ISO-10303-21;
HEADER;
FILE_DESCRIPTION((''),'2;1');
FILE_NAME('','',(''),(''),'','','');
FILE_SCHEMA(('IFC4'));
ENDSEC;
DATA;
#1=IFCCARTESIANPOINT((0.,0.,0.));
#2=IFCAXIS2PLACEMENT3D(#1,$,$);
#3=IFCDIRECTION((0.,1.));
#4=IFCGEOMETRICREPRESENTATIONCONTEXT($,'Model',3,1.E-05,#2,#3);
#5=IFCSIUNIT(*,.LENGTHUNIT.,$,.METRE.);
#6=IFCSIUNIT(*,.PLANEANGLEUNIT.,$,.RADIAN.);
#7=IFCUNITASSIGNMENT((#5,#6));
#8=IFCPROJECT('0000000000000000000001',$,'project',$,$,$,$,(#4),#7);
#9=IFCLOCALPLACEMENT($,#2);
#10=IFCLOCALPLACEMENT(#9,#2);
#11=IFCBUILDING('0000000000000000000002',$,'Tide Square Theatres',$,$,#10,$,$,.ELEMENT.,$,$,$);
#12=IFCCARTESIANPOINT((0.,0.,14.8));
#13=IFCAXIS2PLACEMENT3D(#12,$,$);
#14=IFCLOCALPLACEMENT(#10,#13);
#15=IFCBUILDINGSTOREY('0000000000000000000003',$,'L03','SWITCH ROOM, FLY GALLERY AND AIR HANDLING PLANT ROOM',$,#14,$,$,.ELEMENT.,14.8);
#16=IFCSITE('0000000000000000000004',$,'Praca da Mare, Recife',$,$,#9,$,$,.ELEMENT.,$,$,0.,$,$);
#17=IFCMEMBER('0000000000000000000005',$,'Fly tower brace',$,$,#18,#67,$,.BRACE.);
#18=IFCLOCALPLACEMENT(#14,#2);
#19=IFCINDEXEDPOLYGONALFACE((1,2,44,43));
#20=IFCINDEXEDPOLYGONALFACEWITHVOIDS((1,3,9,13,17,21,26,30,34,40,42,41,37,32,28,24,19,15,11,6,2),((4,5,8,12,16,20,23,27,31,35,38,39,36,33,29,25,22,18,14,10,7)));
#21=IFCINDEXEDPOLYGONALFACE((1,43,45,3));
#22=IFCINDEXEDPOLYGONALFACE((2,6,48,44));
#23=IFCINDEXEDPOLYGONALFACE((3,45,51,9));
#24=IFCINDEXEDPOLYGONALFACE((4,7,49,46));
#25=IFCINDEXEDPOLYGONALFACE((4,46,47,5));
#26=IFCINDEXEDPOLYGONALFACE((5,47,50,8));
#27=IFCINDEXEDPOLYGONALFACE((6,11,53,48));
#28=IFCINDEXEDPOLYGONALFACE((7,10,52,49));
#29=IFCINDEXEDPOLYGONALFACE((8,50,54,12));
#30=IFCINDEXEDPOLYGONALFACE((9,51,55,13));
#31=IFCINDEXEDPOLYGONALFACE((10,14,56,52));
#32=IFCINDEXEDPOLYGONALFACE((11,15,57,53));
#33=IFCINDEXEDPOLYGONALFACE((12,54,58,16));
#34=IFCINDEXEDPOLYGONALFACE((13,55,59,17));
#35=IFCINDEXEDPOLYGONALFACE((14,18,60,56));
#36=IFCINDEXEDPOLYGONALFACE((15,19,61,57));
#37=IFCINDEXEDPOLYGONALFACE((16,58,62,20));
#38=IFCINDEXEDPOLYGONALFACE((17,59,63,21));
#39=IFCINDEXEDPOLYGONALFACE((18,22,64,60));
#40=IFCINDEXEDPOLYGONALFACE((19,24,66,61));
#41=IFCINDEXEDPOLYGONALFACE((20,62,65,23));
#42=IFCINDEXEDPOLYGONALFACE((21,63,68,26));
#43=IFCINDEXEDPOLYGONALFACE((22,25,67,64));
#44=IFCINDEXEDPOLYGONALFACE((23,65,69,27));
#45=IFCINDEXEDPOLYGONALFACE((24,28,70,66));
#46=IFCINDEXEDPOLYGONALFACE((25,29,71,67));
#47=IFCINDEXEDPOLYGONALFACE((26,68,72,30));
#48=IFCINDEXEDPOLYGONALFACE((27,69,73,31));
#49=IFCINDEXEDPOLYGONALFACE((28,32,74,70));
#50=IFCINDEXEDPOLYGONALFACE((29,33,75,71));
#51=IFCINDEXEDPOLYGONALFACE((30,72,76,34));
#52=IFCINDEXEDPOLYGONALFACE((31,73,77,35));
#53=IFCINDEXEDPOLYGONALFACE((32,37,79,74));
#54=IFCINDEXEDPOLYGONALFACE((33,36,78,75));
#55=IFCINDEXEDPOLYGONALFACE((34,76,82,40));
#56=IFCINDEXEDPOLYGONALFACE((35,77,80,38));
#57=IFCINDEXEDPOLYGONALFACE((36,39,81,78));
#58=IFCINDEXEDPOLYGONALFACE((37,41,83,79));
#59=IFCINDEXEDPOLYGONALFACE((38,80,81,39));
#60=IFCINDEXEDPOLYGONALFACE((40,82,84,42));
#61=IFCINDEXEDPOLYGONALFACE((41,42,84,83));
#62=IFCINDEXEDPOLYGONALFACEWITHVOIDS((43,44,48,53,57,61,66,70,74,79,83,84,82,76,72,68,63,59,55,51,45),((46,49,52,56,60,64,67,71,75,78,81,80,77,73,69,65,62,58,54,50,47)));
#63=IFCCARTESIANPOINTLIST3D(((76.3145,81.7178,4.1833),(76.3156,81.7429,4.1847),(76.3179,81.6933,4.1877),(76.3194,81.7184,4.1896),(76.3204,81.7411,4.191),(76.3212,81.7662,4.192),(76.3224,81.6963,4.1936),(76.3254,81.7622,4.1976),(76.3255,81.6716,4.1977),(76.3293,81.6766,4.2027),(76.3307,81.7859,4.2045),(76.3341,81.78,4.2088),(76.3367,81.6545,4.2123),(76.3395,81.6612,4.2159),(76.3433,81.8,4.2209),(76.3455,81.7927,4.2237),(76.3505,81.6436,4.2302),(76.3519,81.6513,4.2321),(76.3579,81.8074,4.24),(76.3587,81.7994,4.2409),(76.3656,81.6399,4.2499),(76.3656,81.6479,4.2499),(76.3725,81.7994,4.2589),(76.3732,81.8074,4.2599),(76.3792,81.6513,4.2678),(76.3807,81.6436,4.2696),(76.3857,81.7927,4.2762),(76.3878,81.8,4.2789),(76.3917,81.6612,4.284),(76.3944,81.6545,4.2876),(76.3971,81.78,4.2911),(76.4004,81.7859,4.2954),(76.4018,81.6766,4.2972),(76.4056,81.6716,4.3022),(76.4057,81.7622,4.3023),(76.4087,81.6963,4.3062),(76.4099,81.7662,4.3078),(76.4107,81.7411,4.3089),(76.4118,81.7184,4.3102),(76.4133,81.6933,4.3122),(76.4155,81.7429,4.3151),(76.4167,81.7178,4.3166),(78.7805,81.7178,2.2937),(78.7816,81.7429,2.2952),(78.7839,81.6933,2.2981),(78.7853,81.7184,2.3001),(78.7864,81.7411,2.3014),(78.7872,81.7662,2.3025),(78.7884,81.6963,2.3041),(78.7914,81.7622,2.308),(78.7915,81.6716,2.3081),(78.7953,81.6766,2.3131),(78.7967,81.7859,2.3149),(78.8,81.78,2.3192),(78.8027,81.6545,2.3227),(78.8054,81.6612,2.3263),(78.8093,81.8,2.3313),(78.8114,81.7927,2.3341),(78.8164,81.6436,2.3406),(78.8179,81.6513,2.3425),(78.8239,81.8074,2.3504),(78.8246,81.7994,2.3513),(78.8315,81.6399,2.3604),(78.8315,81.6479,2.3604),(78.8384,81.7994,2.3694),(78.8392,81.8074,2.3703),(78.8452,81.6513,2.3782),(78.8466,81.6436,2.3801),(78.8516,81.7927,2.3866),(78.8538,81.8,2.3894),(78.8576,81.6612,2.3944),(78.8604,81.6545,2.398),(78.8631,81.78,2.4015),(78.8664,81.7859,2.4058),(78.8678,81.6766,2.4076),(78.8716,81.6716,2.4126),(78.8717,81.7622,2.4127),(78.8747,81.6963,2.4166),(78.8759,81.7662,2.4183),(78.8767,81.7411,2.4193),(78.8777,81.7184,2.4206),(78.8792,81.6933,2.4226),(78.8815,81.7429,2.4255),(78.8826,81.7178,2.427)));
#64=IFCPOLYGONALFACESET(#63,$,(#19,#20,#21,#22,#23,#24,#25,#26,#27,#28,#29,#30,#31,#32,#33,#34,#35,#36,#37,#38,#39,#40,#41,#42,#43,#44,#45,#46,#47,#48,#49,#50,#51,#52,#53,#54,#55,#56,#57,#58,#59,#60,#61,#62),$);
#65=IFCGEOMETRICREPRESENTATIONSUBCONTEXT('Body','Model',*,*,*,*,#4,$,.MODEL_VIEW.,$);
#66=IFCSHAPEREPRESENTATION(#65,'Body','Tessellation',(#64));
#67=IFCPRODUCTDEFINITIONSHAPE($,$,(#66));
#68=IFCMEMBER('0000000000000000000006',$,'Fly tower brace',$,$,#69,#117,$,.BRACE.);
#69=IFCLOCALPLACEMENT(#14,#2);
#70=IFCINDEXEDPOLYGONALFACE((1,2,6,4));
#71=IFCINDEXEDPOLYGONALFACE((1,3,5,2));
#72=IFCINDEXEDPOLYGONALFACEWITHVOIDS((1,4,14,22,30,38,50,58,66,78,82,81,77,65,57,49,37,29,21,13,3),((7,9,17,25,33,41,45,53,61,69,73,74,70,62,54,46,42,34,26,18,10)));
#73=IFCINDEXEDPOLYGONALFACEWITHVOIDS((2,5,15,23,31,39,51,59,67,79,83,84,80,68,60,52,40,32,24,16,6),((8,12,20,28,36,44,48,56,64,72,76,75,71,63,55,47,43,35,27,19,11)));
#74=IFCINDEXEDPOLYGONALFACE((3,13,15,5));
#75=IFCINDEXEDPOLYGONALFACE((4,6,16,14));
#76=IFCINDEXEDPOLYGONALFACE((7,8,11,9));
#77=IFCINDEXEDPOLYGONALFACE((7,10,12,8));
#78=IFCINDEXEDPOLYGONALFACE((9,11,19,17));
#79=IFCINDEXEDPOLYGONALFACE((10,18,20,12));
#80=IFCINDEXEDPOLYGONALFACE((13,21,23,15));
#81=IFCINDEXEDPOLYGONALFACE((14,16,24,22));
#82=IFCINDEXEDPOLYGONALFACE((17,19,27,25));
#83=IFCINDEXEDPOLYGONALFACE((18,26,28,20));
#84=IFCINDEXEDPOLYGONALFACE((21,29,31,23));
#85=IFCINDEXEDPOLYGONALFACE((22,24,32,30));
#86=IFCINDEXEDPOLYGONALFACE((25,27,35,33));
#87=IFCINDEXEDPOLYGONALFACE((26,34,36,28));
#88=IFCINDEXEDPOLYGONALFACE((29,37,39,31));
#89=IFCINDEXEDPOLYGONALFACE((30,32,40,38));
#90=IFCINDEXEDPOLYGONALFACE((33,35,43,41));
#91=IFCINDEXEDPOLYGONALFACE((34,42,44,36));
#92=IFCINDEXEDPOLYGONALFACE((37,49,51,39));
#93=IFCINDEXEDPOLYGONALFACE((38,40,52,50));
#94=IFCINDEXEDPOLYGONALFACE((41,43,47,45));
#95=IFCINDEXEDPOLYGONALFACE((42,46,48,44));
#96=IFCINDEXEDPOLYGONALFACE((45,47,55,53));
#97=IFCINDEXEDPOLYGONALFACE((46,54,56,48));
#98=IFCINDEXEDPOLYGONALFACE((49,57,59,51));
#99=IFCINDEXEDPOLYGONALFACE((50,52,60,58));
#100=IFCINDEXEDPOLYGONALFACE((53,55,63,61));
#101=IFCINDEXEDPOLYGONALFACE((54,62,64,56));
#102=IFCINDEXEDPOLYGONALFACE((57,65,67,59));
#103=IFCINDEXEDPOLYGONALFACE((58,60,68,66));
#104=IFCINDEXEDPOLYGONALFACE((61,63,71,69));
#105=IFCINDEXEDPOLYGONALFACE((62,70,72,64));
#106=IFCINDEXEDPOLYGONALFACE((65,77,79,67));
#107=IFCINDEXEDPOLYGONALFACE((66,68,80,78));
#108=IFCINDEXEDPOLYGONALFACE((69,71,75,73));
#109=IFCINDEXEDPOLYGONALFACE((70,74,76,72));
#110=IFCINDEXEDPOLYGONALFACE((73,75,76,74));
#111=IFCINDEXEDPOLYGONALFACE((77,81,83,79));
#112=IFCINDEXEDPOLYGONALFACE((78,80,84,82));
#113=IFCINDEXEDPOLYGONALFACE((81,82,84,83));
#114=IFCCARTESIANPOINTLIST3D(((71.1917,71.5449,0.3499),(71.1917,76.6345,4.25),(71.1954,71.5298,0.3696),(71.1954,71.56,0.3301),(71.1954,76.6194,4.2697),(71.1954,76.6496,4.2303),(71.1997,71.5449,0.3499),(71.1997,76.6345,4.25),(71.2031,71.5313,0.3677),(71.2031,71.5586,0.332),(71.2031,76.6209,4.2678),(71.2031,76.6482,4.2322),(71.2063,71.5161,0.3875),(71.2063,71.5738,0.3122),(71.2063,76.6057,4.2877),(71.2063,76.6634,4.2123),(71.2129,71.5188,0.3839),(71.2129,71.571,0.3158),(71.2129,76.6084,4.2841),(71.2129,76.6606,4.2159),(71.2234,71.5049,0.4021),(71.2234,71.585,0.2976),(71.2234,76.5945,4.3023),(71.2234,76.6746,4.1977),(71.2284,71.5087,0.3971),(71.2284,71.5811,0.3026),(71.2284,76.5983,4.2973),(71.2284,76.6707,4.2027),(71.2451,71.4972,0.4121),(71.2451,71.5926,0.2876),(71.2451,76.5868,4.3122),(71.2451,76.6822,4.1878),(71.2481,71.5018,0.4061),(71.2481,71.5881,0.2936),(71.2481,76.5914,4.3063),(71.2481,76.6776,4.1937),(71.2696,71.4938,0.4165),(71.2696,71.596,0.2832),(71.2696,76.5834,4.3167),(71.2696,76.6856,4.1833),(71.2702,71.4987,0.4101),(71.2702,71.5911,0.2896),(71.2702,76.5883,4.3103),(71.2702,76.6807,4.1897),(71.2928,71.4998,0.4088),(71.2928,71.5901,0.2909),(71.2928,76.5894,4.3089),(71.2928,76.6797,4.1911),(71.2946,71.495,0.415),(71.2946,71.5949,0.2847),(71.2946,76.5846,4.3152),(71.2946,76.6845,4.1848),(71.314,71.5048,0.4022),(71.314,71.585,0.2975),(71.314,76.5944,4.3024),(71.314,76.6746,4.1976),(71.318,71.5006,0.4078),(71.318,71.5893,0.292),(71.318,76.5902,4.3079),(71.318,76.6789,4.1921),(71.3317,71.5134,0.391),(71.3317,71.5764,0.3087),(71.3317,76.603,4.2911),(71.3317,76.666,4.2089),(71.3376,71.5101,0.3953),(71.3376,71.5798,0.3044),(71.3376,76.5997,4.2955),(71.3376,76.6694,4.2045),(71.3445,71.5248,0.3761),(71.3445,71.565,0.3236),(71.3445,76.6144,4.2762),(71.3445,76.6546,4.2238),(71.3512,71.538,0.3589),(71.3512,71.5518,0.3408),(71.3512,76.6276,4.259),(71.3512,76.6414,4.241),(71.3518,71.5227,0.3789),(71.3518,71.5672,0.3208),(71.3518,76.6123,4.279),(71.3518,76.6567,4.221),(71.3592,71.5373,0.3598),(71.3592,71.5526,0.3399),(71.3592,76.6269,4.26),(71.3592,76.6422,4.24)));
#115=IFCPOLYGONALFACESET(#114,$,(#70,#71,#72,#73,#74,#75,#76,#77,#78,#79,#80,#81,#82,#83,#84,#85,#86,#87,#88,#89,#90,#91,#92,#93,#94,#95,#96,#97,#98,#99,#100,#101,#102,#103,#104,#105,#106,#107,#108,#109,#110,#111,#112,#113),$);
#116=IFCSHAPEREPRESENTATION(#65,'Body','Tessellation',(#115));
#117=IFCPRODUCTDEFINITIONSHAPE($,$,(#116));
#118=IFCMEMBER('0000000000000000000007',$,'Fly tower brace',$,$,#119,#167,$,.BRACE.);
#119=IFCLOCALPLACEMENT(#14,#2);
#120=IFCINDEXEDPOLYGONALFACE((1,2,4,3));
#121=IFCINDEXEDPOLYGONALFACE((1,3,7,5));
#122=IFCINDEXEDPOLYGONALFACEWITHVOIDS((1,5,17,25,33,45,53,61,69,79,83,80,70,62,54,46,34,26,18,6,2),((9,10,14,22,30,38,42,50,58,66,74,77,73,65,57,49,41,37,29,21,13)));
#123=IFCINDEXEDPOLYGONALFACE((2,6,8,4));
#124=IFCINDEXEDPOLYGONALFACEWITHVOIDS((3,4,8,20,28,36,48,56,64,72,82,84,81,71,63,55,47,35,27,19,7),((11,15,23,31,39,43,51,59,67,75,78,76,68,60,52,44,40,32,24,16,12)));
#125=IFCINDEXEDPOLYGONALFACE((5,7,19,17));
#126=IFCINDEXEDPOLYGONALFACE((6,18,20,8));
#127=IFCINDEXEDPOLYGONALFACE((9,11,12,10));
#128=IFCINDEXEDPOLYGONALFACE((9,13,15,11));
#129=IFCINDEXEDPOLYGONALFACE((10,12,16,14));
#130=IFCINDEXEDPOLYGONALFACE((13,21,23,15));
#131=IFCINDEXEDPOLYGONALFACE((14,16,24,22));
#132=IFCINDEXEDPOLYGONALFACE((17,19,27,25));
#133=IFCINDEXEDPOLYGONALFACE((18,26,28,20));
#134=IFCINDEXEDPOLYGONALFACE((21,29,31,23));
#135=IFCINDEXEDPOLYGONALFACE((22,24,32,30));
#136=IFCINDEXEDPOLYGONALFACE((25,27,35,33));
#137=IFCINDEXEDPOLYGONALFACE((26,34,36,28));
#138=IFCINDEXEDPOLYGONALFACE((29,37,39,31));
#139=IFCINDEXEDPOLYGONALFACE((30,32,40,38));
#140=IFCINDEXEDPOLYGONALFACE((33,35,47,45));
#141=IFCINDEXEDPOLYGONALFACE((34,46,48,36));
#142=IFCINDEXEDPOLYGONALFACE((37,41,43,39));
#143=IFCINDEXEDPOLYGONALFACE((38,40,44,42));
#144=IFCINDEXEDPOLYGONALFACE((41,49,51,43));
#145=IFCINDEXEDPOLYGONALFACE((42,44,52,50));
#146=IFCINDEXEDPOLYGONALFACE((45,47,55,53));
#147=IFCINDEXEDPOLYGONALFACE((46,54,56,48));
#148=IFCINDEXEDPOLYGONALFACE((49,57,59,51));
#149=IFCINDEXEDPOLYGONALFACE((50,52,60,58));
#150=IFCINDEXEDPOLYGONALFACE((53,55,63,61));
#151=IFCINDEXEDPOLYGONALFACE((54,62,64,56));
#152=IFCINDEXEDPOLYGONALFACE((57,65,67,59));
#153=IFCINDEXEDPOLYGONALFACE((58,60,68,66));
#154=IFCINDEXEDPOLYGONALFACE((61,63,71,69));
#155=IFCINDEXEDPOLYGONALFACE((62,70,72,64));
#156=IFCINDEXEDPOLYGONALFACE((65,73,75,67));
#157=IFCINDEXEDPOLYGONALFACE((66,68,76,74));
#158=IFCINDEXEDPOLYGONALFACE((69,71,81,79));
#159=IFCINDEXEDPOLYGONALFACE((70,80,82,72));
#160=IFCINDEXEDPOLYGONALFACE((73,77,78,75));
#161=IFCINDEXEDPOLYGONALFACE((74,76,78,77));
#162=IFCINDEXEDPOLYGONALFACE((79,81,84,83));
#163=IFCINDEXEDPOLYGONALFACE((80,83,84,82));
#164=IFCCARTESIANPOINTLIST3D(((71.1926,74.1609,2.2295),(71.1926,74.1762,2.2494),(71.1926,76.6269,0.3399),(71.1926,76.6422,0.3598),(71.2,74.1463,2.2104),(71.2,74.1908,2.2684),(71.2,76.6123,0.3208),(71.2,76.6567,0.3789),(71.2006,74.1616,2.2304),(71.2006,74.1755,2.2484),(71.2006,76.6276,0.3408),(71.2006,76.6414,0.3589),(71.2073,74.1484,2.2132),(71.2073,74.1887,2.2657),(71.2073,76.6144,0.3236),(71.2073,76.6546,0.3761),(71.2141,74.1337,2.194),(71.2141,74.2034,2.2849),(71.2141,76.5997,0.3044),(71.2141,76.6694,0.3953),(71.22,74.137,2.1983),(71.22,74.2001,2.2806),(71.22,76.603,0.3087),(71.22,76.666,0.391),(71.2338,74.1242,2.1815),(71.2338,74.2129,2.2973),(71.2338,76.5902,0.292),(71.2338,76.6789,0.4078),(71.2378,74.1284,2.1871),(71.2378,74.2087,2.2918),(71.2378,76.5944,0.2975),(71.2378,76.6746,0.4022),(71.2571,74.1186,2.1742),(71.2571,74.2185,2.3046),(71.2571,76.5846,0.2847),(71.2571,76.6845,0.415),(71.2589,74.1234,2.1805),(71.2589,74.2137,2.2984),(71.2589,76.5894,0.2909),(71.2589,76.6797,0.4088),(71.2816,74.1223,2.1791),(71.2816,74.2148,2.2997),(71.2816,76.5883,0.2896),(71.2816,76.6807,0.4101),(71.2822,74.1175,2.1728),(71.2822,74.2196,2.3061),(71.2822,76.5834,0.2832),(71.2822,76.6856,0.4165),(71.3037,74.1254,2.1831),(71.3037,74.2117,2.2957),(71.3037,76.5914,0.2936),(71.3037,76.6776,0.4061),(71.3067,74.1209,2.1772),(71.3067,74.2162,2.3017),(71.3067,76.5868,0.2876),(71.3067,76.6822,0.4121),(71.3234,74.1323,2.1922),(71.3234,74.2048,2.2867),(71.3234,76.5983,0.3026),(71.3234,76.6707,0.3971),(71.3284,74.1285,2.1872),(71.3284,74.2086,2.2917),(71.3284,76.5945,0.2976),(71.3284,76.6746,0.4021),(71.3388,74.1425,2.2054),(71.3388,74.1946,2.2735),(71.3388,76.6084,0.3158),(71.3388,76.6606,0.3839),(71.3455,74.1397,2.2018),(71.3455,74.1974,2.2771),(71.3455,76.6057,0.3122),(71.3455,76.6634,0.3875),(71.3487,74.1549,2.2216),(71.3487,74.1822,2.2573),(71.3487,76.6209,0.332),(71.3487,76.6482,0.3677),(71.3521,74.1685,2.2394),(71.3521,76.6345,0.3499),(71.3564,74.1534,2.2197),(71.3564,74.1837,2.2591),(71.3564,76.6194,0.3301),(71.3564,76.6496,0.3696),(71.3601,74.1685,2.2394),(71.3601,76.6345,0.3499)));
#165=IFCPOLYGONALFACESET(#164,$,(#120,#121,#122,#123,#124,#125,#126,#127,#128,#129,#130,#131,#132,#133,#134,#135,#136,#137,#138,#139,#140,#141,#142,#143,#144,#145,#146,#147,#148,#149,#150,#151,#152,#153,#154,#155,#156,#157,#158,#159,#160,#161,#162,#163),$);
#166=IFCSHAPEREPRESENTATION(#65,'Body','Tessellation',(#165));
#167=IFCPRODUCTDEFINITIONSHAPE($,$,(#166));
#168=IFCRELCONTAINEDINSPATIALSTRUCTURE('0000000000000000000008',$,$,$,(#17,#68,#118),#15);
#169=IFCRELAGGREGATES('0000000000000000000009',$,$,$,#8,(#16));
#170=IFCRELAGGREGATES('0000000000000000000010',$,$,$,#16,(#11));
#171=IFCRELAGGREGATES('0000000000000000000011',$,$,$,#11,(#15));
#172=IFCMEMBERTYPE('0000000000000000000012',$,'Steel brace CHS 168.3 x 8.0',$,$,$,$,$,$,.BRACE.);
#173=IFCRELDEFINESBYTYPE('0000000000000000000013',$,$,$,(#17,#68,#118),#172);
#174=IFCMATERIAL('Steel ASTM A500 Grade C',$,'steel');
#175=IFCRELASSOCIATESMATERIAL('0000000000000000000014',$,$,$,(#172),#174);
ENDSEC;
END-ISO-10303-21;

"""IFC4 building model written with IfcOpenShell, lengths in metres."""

from ifc_helpers import new_model, si_unit, direction, frame, origin, origin_2d, place, context, subcontext, project, spatial, hollow_circle, extrude, material, material_profile, profile_set, type_object, element, save


model = new_model("IFC4")

# Units and contexts
model_context = context("Model", 3, precision=1e-05, world=origin(), true_north=direction((0.0, 1.0)))
body_context = subcontext(model_context, "Body", "Model", "MODEL_VIEW")
ifc_project = project(units=[si_unit("LENGTHUNIT", "METRE"), si_unit("PLANEANGLEUNIT", "RADIAN")], contexts=[model_context])

# Site, building, storey
site_placement = place(None, origin())
site = spatial("IfcSite", under=ifc_project, at=site_placement, Name="Praca da Mare, Recife", CompositionType="ELEMENT", RefElevation=0.0)
building_placement = place(site_placement, origin())
building = spatial("IfcBuilding", under=site, at=building_placement, Name="Tide Square Theatres", CompositionType="ELEMENT")
storey_placement = place(building_placement, frame((0.0, 0.0, 14.8)))
storey = spatial("IfcBuildingStorey", under=building, at=storey_placement, Name="L03", Description="SWITCH ROOM, FLY GALLERY AND AIR HANDLING PLANT ROOM", CompositionType="ELEMENT", Elevation=14.8)

# Members
ifc_material_1 = material(Name="Steel ASTM A500 Grade C", Category="steel")
ifc_material_profile_1 = material_profile(ifc_material_1, hollow_circle(Radius=0.0842, WallThickness=0.0081, at=origin_2d()))
ifc_profile_set_1 = profile_set([ifc_material_profile_1], Name="Steel ASTM A500 Grade C")
member_type = type_object("IfcMemberType", Name="Steel brace CHS 168.3 x 8.0", PredefinedType="BRACE", material=ifc_profile_set_1)
member_1_placement = place(storey_placement, frame((78.8315, 81.7241, 2.3604), z_axis=(-0.793762, 0.0, 0.608229), x_axis=(0.0, -1.0, 0.0)))
element("IfcMember", 1, at=member_1_placement, inside=storey, type_object=member_type, Name="Fly tower brace", PredefinedType="BRACE", context=body_context, shape_type="SweptSolid", body=[
    extrude(hollow_circle(Radius=0.0842, WallThickness=0.0081, at=origin_2d()), origin(), (0.0, 0.0, 1.0), 3.1067),
])
member_2_placement = place(storey_placement, frame((71.2759, 71.5449, 0.3499), z_axis=(0.0, 0.793748, 0.608247), x_axis=(-1.0, 0.0, 0.0)))
element("IfcMember", 2, at=member_2_placement, inside=storey, type_object=member_type, Name="Fly tower brace", PredefinedType="BRACE", context=body_context, shape_type="SweptSolid", body=[
    extrude(hollow_circle(Radius=0.0842, WallThickness=0.0081, at=origin_2d()), origin(), (0.0, 0.0, 1.0), 6.4121),
])
for number, where, z_axis, x_axis, name in (
    (3, (71.2759, 76.6345, 0.3499), (0.0, -0.793762, 0.608229), (1.0, 0.0, 0.0), "Fly tower brace"),
):
    element("IfcMember", number, at=place(storey_placement, frame(where, z_axis=z_axis, x_axis=x_axis)), inside=storey, type_object=member_type, Name=name, PredefinedType="BRACE", context=body_context, shape_type="SweptSolid", body=[
        extrude(hollow_circle(Radius=0.0842, WallThickness=0.0081, at=origin_2d()), origin(), (0.0, 0.0, 1.0), 3.1067),
    ])

save(model, "model.ifc")
